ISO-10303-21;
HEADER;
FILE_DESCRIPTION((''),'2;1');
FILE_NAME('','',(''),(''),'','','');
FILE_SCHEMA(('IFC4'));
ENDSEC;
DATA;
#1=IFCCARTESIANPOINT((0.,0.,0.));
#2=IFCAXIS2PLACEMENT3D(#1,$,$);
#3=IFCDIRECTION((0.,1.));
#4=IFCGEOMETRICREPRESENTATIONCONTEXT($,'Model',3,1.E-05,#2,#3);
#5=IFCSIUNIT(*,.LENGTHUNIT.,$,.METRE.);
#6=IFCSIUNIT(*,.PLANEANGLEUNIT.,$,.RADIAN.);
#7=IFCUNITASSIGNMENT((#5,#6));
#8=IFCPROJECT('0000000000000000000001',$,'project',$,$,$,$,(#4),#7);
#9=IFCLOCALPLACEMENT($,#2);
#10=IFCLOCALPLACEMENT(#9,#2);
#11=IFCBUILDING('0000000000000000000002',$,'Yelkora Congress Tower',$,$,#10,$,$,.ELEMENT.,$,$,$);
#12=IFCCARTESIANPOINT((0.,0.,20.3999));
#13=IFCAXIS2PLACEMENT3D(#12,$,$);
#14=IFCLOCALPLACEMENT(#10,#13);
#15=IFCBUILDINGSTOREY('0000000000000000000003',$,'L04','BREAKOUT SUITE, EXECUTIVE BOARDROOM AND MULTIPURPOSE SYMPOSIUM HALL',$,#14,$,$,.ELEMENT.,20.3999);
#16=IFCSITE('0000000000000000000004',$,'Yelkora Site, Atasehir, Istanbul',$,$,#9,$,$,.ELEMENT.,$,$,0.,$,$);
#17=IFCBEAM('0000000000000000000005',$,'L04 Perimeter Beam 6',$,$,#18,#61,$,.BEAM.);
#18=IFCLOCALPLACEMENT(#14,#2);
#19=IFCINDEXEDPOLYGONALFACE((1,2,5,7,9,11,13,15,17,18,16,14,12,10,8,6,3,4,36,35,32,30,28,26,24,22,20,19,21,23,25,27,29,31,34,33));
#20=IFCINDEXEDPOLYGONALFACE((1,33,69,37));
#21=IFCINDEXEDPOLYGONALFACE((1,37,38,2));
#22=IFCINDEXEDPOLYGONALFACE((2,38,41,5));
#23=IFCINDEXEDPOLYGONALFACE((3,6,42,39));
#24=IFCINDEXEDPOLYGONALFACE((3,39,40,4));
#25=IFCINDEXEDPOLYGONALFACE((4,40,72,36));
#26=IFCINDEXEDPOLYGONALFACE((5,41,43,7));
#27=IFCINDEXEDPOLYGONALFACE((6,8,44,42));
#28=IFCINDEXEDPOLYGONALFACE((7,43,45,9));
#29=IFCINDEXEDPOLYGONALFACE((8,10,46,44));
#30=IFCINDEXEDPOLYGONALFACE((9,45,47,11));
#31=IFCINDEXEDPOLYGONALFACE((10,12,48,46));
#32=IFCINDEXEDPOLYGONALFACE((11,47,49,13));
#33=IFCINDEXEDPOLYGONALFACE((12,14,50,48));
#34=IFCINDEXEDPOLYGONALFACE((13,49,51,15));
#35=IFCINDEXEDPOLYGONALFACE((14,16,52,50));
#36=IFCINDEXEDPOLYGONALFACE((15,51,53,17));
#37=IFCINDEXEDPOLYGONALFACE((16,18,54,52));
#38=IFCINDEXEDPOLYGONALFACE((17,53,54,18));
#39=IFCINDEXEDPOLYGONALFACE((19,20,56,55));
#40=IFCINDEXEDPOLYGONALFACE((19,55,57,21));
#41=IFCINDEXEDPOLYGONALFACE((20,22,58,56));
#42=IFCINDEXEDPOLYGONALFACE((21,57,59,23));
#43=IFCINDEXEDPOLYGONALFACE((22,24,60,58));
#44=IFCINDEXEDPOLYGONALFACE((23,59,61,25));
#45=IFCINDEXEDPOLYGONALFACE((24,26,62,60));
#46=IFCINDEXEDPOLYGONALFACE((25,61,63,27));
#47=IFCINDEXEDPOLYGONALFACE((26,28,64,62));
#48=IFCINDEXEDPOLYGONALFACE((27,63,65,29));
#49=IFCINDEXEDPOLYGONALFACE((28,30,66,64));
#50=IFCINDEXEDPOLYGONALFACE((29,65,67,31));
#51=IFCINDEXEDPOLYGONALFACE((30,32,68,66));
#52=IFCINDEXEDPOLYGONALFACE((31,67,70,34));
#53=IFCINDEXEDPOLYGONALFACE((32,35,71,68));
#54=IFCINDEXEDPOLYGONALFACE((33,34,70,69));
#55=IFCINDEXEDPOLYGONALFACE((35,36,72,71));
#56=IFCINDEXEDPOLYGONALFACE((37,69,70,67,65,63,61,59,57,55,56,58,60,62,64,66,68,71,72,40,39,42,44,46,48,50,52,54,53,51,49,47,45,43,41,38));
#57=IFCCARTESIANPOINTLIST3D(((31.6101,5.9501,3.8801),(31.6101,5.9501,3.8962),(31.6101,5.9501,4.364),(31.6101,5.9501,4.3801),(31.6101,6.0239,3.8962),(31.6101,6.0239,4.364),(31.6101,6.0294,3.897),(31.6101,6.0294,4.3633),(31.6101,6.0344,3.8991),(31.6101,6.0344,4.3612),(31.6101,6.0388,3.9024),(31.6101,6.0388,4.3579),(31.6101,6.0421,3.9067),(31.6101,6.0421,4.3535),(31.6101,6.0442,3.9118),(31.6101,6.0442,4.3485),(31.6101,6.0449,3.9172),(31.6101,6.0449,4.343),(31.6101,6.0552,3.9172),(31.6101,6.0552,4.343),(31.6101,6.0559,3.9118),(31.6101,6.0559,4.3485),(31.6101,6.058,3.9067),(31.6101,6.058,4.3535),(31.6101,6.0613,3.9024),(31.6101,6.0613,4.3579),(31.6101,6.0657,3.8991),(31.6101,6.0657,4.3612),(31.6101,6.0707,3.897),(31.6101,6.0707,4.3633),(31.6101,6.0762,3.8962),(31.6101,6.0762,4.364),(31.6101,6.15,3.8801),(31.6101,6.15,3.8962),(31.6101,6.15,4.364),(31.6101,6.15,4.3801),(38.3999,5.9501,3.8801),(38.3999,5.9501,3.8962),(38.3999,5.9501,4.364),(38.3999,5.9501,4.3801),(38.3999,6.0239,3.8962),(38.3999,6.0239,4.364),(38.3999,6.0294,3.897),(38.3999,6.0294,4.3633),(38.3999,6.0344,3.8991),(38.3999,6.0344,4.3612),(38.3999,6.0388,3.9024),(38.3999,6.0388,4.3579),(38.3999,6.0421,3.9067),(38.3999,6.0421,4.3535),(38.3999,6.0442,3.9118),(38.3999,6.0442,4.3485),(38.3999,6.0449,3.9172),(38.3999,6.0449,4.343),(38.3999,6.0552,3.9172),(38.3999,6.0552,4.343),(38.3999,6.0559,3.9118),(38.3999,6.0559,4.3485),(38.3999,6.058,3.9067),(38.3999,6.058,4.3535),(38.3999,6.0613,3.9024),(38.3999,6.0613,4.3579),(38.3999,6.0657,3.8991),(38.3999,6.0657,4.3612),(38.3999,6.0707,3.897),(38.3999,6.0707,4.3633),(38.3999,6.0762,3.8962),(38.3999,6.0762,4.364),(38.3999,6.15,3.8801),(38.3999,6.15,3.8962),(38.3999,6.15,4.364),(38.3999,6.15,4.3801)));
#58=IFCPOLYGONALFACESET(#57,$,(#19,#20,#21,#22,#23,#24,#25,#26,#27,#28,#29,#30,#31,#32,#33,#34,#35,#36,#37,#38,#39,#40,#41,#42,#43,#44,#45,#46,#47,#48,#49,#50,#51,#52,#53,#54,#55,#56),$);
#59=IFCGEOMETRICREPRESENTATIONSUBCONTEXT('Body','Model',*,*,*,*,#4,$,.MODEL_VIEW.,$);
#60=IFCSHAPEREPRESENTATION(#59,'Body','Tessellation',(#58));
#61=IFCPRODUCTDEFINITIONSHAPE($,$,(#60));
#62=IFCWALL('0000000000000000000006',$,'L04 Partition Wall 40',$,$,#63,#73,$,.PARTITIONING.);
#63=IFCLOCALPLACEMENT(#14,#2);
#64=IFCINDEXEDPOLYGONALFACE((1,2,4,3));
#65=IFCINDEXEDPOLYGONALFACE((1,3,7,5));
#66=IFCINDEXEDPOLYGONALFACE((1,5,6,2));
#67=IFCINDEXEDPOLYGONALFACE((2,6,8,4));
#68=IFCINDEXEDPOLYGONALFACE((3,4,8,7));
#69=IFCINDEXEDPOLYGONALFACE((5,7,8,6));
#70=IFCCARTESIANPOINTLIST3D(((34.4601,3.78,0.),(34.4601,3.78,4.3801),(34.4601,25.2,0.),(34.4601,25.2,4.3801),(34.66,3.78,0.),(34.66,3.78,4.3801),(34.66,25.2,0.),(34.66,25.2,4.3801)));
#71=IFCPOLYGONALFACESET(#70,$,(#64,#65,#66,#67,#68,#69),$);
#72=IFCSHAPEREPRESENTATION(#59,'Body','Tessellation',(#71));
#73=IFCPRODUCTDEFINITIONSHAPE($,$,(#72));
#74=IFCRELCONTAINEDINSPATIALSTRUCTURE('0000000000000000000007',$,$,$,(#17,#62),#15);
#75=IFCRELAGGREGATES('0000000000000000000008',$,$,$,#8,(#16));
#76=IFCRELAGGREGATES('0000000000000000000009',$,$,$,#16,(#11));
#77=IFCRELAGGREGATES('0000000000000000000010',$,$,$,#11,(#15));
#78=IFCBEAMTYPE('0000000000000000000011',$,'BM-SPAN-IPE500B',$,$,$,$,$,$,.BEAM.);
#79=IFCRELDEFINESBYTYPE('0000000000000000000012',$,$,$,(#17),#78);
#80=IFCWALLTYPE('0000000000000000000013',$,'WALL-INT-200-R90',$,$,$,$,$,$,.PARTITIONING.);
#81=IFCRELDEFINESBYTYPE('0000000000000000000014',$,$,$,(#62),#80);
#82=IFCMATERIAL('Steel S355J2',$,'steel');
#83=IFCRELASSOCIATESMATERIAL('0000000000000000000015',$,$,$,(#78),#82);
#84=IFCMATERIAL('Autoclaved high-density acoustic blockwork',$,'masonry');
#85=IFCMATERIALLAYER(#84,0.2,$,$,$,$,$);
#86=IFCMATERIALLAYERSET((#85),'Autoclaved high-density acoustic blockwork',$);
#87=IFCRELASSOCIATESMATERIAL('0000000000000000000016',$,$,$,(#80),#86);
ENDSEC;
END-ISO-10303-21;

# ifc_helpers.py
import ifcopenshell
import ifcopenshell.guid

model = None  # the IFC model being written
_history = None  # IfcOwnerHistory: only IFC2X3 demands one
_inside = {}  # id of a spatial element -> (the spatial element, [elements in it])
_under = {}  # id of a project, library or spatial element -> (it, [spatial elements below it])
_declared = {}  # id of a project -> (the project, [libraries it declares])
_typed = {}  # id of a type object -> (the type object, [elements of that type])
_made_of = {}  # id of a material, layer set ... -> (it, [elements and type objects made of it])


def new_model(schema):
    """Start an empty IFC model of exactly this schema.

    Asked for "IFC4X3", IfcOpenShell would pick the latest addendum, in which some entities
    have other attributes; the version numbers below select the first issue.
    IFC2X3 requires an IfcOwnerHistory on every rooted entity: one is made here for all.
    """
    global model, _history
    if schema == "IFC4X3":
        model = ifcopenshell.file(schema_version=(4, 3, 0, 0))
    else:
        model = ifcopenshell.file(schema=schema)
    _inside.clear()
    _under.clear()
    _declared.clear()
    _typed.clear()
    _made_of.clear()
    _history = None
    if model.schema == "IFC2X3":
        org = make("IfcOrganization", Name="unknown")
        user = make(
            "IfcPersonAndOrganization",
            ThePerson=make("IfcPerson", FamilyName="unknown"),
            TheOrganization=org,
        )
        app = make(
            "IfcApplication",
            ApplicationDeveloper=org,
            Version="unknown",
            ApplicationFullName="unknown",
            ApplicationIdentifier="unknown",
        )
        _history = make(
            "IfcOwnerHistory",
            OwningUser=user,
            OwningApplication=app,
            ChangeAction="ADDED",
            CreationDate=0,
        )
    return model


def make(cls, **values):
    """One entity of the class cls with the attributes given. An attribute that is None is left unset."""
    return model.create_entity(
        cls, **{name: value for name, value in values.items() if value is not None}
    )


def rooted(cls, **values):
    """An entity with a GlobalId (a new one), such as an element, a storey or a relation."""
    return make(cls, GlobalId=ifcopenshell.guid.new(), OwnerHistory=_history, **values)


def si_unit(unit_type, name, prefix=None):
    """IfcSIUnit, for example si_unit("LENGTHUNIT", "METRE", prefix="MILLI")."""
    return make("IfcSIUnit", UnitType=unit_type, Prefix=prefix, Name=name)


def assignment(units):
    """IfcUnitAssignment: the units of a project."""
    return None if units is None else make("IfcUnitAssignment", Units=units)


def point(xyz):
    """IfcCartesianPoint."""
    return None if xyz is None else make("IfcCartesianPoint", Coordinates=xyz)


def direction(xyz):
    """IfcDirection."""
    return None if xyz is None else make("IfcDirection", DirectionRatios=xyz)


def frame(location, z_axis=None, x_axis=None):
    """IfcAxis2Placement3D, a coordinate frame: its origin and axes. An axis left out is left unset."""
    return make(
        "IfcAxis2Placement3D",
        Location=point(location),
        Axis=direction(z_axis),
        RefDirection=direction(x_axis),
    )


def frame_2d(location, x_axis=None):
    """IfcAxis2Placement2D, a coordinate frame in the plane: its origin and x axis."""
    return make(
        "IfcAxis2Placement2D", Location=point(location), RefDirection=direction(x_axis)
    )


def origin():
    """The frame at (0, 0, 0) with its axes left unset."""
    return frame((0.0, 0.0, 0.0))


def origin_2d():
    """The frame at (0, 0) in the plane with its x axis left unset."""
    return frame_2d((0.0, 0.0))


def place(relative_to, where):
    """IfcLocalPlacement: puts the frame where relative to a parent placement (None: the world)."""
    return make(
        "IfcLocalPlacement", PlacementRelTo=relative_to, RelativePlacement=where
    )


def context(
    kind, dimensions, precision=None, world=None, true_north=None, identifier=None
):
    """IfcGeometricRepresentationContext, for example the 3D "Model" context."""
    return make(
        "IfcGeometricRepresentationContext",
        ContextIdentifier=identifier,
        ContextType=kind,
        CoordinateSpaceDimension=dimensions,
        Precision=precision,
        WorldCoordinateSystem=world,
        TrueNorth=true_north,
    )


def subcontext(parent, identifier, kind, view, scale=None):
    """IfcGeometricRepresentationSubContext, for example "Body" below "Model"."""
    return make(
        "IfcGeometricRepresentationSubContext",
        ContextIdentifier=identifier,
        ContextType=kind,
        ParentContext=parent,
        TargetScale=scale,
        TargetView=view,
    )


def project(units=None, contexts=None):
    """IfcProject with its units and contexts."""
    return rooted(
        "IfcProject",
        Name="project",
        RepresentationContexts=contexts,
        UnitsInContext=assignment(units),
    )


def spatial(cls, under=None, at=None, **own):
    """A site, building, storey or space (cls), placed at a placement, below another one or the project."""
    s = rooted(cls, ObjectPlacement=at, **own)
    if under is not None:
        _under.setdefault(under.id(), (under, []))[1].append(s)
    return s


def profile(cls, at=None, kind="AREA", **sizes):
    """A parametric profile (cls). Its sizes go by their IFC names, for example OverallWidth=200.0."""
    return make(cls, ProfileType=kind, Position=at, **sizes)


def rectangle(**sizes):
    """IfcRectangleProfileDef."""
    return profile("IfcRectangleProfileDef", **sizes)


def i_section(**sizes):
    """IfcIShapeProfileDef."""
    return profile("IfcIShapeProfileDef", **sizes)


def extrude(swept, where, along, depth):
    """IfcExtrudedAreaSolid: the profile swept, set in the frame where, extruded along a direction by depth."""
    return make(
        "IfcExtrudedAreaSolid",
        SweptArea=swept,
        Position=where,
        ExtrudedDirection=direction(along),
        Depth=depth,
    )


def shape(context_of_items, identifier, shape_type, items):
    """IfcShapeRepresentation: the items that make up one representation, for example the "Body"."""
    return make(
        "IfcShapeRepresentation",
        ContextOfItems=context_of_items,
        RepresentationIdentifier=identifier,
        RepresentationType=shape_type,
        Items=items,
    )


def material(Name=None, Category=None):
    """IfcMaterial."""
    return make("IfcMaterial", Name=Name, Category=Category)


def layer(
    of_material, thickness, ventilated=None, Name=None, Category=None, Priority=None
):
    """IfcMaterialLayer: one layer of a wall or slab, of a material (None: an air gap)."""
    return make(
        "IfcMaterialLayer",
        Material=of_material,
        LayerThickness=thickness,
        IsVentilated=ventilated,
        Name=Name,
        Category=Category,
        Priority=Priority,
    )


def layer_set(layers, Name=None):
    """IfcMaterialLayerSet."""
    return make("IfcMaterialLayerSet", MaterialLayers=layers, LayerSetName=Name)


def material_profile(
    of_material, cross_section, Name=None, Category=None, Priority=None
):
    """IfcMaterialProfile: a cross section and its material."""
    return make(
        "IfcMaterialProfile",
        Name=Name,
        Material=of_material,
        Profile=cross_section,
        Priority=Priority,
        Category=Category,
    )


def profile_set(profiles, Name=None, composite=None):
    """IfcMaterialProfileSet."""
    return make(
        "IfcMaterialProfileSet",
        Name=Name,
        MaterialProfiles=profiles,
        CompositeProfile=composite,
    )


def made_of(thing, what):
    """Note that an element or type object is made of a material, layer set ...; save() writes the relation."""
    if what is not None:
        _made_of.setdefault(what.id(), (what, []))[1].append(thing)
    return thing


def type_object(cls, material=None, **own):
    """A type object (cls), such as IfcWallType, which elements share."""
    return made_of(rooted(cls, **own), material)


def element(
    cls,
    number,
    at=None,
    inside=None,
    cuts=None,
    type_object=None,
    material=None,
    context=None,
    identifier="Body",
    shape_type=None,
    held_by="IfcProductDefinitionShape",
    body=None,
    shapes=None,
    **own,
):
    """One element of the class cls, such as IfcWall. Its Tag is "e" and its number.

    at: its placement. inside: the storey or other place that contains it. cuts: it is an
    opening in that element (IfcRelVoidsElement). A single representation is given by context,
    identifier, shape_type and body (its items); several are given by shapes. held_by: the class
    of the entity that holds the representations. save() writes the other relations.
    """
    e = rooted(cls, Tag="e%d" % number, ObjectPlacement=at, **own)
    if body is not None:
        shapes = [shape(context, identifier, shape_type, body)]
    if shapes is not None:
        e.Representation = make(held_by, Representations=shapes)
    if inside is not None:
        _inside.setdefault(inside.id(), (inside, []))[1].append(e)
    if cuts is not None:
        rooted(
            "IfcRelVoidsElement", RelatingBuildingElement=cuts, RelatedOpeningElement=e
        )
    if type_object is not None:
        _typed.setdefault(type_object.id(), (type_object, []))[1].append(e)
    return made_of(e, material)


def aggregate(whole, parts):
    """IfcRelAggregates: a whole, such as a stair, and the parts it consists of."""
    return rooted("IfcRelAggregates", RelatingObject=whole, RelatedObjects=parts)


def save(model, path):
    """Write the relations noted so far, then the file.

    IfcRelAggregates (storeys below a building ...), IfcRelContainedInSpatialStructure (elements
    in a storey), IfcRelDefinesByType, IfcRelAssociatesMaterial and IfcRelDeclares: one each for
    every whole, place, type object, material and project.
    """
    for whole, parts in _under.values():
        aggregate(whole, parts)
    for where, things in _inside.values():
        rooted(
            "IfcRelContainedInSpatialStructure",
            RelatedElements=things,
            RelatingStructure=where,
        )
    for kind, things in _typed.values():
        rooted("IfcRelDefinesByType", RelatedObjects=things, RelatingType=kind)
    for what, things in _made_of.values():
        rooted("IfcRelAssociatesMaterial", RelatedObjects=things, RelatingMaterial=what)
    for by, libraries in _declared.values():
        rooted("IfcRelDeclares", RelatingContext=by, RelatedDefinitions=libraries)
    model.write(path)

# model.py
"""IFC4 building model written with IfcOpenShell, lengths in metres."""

from ifc_helpers import new_model, si_unit, direction, frame, frame_2d, origin, origin_2d, place, context, subcontext, project, spatial, rectangle, i_section, extrude, material, layer, layer_set, material_profile, profile_set, type_object, element, save


model = new_model("IFC4")

# Units and contexts
model_context = context("Model", 3, precision=1e-05, world=origin(), true_north=direction((0.0, 1.0)))
body_context = subcontext(model_context, "Body", "Model", "MODEL_VIEW")
ifc_project = project(units=[si_unit("LENGTHUNIT", "METRE"), si_unit("PLANEANGLEUNIT", "RADIAN")], contexts=[model_context])

# Site, building, storey
site_placement = place(None, origin())
site = spatial("IfcSite", under=ifc_project, at=site_placement, Name="Yelkora Site, Atasehir, Istanbul", CompositionType="ELEMENT", RefElevation=0.0)
building_placement = place(site_placement, origin())
building = spatial("IfcBuilding", under=site, at=building_placement, Name="Yelkora Congress Tower", CompositionType="ELEMENT")
storey_placement = place(building_placement, frame((0.0, 0.0, 20.3999)))
storey = spatial("IfcBuildingStorey", under=building, at=storey_placement, Name="L04", Description="BREAKOUT SUITE, EXECUTIVE BOARDROOM AND MULTIPURPOSE SYMPOSIUM HALL", CompositionType="ELEMENT", Elevation=20.3999)

# Beam
ifc_material_1 = material(Name="Steel S355J2", Category="steel")
ifc_material_profile_1 = material_profile(ifc_material_1, i_section(OverallWidth=0.2, OverallDepth=0.5, WebThickness=0.0103, FlangeThickness=0.0161, FilletRadius=0.021, at=origin_2d()), Name="IPE 500")
ifc_profile_set_1 = profile_set([ifc_material_profile_1], Name="Steel S355J2")
beam_type_1 = type_object("IfcBeamType", Name="BM-SPAN-IPE500B", PredefinedType="BEAM", material=ifc_profile_set_1)
beam_1_placement = place(storey_placement, frame((31.6101, 6.05, 4.1301), z_axis=(1.0, 0.0, 0.0), x_axis=(0.0, 1.0, 0.0)))
element("IfcBeam", 1, at=beam_1_placement, inside=storey, type_object=beam_type_1, Name="L04 Perimeter Beam 6", PredefinedType="BEAM", context=body_context, shape_type="SweptSolid", body=[
    extrude(i_section(OverallWidth=0.2, OverallDepth=0.5, WebThickness=0.0103, FlangeThickness=0.0161, FilletRadius=0.021, at=origin_2d()), origin(), (0.0, 0.0, 1.0), 6.7898),
])

# Wall
ifc_material_2 = material(Name="Autoclaved high-density acoustic blockwork", Category="masonry")
ifc_layer_1 = layer(ifc_material_2, 0.2)
ifc_layer_set_1 = layer_set([ifc_layer_1], Name="Autoclaved high-density acoustic blockwork")
wall_type = type_object("IfcWallType", Name="WALL-INT-200-R90", PredefinedType="PARTITIONING", material=ifc_layer_set_1)
wall_placement = place(storey_placement, frame((34.5601, 3.78, 0.0), z_axis=(0.0, 0.0, 1.0), x_axis=(0.0, 1.0, 0.0)))
element("IfcWall", 2, at=wall_placement, inside=storey, type_object=wall_type, Name="L04 Partition Wall 40", PredefinedType="PARTITIONING", context=body_context, shape_type="SweptSolid", body=[
    extrude(rectangle(XDim=21.4199, YDim=0.2, at=frame_2d((10.71, 0.0))), origin(), (0.0, 0.0, 1.0), 4.3801),
])

save(model, "model.ifc")
